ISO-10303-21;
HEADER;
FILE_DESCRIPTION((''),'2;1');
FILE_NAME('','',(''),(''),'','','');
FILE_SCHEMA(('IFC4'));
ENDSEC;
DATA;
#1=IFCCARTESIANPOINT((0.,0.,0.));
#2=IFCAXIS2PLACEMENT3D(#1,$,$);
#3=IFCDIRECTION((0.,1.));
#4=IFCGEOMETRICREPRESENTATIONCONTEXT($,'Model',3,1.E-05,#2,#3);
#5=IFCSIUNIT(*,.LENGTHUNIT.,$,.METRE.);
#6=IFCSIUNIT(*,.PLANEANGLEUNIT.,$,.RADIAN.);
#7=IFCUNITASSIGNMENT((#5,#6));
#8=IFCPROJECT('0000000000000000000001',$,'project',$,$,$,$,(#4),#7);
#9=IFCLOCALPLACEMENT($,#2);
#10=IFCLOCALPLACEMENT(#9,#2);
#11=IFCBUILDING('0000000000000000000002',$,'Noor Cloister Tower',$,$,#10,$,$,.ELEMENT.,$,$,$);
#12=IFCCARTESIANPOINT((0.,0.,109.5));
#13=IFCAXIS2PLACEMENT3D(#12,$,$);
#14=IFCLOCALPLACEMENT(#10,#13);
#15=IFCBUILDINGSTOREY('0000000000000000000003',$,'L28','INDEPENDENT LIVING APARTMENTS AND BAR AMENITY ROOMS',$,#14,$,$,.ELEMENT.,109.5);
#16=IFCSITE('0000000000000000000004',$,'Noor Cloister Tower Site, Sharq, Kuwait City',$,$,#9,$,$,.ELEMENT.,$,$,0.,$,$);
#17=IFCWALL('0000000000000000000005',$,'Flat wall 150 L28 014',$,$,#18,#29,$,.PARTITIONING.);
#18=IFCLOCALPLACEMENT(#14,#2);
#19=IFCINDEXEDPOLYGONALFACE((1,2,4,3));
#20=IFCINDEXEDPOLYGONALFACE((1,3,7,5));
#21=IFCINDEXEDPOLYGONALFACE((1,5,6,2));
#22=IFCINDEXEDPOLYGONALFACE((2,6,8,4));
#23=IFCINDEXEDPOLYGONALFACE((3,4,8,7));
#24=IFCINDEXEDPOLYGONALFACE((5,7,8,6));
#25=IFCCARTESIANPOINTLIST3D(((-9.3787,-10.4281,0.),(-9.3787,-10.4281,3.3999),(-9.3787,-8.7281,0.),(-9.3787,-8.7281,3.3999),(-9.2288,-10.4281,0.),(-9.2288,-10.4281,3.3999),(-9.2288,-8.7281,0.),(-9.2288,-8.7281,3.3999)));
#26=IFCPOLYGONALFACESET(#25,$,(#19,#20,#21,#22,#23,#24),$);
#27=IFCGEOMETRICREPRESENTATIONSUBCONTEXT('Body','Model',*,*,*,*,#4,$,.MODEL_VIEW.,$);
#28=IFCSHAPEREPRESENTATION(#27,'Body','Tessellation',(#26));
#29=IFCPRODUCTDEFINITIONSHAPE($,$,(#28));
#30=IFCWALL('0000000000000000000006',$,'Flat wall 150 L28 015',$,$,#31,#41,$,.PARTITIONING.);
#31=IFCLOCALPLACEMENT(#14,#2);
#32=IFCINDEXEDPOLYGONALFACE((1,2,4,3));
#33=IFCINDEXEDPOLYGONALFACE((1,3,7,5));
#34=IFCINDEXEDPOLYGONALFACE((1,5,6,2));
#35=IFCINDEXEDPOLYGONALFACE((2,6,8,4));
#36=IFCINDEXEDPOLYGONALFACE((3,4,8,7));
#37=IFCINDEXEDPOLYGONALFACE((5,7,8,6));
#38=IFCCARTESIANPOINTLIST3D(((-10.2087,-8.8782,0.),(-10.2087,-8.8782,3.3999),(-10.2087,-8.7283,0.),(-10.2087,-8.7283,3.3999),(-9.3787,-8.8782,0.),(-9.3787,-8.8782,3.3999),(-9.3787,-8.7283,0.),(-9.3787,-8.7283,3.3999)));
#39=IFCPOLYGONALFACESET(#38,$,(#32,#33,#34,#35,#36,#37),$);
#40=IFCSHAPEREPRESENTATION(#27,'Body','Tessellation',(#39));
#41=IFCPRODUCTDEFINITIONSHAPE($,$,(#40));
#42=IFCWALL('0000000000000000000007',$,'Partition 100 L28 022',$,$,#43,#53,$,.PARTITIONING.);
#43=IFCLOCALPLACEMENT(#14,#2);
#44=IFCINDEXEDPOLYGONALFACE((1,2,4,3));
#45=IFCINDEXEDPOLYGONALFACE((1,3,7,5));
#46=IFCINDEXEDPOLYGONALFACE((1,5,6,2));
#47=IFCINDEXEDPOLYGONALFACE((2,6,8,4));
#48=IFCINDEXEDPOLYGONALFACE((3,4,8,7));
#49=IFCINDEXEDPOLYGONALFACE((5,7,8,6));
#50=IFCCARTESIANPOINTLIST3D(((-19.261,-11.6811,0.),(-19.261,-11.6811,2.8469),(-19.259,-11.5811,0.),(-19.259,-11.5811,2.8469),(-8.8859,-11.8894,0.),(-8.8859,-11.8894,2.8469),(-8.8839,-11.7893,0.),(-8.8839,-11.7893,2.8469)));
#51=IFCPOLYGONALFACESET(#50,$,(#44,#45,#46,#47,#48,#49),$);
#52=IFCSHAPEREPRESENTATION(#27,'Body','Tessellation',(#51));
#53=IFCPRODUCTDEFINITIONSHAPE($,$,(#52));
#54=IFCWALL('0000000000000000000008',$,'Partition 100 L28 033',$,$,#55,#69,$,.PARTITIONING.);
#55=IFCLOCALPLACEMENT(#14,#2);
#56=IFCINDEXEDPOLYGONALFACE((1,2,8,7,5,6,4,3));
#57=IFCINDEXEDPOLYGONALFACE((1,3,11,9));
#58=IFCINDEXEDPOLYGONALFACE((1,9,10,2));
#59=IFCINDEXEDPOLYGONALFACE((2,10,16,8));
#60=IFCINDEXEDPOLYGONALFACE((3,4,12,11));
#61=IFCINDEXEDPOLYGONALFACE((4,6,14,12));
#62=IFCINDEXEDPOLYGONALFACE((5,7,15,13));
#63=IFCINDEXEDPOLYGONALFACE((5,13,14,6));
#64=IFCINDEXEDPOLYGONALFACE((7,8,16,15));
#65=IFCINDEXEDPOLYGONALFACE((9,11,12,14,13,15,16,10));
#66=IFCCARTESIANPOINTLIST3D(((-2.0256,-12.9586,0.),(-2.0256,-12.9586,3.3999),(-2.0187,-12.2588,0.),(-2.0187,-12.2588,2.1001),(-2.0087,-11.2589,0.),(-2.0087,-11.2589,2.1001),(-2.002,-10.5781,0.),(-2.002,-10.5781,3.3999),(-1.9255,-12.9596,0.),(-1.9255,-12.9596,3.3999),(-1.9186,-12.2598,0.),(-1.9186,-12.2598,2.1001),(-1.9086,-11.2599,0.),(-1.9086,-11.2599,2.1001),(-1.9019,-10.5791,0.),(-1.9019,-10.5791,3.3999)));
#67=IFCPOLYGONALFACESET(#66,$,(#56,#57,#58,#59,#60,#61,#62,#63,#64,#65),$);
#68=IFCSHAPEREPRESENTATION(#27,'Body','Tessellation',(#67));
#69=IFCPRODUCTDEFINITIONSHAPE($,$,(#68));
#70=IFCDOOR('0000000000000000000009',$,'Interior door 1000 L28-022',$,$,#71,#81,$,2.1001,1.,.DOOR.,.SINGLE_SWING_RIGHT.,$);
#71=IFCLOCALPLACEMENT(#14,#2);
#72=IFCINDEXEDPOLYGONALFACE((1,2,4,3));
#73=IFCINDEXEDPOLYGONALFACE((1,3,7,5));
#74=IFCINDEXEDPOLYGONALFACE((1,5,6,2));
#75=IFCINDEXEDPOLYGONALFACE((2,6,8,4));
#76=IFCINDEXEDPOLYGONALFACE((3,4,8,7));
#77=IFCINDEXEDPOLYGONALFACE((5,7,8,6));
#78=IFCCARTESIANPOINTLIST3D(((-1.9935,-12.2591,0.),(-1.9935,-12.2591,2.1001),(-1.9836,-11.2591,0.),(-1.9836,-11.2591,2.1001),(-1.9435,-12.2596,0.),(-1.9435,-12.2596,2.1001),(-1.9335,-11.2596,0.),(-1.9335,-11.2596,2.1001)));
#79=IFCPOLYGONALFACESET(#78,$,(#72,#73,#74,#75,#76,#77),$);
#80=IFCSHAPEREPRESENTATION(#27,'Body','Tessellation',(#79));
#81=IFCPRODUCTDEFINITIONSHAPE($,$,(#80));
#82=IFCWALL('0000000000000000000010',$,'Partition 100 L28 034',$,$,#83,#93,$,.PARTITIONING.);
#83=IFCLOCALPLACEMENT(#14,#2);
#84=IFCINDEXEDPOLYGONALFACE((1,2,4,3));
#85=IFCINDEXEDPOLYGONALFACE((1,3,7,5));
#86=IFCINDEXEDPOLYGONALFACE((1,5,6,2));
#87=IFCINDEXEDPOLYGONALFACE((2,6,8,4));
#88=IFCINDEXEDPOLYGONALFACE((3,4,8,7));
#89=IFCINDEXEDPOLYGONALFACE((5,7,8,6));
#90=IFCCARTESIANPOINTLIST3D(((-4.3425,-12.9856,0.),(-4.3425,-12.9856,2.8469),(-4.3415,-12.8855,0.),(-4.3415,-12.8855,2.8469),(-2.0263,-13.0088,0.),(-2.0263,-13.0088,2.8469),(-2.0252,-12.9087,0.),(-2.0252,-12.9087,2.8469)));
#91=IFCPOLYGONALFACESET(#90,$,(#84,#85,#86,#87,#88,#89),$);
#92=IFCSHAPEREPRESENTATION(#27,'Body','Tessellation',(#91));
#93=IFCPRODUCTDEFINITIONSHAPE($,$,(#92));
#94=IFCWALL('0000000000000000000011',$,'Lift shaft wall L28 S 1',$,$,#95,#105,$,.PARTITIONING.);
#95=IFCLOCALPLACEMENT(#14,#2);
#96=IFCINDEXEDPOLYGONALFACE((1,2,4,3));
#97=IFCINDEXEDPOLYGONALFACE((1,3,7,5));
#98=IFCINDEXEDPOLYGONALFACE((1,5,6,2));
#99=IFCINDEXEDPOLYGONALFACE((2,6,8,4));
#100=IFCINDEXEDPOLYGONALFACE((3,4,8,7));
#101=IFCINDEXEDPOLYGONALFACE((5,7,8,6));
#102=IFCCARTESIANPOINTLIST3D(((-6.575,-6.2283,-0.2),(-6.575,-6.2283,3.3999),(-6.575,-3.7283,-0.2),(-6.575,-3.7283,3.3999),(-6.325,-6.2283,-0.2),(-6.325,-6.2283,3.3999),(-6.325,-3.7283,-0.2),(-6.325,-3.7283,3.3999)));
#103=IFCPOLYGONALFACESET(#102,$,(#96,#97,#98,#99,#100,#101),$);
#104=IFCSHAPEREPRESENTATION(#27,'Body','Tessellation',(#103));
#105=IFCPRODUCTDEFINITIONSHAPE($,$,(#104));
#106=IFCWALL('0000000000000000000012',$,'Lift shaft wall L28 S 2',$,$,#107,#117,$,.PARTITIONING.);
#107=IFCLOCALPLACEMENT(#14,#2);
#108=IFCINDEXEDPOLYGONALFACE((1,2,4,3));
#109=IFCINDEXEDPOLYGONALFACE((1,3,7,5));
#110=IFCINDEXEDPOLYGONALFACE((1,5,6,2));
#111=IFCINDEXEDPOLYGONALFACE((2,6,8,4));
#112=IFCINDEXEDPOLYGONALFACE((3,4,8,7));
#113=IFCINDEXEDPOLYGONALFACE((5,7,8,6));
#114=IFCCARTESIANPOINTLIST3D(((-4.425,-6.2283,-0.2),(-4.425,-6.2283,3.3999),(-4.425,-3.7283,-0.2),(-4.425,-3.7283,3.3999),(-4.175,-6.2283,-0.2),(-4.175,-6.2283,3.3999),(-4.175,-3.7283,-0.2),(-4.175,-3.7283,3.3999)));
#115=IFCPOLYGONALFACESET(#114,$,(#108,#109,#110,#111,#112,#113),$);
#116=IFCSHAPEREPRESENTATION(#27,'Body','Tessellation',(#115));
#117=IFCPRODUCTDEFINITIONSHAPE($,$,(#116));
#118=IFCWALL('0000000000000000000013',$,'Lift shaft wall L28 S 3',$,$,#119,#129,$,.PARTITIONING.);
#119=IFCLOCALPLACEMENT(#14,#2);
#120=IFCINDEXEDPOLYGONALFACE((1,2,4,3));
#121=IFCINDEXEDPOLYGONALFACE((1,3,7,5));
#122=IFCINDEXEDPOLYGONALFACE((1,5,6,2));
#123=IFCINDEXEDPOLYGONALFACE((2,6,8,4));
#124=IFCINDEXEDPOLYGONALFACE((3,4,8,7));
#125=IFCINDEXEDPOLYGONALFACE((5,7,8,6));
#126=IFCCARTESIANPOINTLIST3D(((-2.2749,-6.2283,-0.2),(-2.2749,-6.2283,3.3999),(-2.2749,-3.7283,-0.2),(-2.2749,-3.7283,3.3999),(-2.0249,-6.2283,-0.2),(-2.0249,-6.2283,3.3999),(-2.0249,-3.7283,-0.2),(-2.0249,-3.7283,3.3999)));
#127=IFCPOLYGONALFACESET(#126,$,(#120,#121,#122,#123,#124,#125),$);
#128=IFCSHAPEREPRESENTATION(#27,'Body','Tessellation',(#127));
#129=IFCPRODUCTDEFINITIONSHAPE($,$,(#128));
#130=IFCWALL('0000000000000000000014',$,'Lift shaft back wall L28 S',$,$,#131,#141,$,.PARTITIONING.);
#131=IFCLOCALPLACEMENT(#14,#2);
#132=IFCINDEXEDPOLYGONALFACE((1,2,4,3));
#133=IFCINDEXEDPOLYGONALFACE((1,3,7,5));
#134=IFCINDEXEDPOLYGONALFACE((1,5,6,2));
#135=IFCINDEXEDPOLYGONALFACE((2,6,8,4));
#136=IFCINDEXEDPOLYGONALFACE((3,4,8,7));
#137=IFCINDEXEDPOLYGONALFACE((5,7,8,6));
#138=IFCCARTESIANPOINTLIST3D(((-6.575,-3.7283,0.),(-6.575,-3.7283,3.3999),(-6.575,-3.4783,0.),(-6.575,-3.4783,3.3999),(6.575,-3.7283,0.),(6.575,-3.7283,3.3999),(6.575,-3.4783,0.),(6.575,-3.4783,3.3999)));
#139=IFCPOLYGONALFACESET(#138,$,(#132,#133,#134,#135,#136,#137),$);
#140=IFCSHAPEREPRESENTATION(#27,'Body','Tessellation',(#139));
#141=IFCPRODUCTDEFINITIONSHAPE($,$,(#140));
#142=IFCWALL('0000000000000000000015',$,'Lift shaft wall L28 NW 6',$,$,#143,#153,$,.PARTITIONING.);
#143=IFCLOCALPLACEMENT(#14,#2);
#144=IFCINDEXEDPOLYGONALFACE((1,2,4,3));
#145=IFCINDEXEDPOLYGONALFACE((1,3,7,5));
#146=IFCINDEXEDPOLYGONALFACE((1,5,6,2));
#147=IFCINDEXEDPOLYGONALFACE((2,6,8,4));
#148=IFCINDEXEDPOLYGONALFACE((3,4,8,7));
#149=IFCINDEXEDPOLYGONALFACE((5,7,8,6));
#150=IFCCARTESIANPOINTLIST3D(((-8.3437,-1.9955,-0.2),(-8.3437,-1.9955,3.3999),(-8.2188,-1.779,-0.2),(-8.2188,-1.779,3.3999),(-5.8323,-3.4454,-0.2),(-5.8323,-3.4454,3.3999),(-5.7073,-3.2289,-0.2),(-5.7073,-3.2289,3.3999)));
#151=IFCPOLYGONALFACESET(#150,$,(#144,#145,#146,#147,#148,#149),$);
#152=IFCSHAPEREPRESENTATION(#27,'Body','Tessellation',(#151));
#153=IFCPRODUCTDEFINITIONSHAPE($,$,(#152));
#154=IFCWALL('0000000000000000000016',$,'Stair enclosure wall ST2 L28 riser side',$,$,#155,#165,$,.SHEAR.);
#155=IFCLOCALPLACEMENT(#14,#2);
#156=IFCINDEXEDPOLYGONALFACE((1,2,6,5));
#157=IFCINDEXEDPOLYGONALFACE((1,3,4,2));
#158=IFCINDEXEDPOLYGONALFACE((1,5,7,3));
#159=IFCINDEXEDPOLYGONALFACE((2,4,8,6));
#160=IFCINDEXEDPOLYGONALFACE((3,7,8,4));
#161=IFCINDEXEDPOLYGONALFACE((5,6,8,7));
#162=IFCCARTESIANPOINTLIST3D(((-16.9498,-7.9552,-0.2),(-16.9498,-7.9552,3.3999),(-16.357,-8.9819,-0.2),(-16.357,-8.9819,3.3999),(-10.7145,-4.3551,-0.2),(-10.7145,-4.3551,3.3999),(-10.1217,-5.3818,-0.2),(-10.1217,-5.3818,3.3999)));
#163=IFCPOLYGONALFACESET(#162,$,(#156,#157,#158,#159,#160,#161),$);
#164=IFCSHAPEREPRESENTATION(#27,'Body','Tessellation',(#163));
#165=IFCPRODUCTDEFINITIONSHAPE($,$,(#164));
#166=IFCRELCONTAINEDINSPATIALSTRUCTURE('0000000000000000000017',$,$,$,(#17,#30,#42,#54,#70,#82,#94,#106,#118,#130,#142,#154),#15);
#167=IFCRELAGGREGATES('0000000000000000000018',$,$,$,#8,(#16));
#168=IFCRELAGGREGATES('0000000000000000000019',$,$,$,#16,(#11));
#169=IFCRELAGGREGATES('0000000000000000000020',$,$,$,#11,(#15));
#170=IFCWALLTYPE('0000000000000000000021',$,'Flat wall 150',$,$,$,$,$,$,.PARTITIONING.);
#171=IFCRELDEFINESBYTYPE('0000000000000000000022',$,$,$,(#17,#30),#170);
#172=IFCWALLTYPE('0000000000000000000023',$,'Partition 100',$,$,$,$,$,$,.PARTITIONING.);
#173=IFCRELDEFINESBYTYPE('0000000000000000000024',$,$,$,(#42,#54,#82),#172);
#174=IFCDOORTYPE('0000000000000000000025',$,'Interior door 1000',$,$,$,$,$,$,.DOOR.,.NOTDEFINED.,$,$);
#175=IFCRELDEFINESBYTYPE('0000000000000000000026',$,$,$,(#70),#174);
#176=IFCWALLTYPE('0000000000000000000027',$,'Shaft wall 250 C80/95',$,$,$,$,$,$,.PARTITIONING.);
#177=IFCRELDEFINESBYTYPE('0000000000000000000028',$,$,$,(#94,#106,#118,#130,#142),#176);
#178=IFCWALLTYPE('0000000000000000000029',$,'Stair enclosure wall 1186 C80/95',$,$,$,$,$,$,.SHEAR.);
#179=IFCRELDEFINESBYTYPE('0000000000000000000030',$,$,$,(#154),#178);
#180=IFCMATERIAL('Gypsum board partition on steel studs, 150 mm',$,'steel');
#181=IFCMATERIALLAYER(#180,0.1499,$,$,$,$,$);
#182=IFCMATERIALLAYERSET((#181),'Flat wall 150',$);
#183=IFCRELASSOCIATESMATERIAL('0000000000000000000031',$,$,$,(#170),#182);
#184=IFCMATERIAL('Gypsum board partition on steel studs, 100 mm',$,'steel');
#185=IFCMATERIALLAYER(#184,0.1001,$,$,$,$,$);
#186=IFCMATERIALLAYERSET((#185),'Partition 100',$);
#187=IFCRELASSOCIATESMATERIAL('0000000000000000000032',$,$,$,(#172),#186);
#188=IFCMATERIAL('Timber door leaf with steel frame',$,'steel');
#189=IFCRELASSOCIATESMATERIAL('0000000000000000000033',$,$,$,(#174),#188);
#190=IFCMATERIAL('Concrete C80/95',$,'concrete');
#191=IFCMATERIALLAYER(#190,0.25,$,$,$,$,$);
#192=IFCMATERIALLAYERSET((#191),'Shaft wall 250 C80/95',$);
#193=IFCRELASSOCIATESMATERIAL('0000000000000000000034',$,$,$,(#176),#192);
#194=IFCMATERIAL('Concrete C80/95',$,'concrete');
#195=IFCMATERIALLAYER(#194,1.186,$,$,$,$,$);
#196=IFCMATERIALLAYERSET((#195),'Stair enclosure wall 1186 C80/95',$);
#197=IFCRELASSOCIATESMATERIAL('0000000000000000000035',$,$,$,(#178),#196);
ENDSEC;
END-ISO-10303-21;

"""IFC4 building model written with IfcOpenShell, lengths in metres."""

from ifc_helpers import new_model, si_unit, direction, frame, frame_2d, origin, place, context, subcontext, project, spatial, rectangle, extrude, material, layer, layer_set, type_object, element, fill, save


model = new_model("IFC4")

# Units and contexts
model_context = context("Model", 3, precision=1e-05, world=origin(), true_north=direction((0.0, 1.0)))
body_context = subcontext(model_context, "Body", "Model", "MODEL_VIEW")
ifc_project = project(units=[si_unit("LENGTHUNIT", "METRE"), si_unit("PLANEANGLEUNIT", "RADIAN")], contexts=[model_context])

# Site, building, storey
site_placement = place(None, origin())
site = spatial("IfcSite", under=ifc_project, at=site_placement, Name="Noor Cloister Tower Site, Sharq, Kuwait City", CompositionType="ELEMENT", RefElevation=0.0)
building_placement = place(site_placement, origin())
building = spatial("IfcBuilding", under=site, at=building_placement, Name="Noor Cloister Tower", CompositionType="ELEMENT")
storey_placement = place(building_placement, frame((0.0, 0.0, 109.5)))
storey = spatial("IfcBuildingStorey", under=building, at=storey_placement, Name="L28", Description="INDEPENDENT LIVING APARTMENTS AND BAR AMENITY ROOMS", CompositionType="ELEMENT", Elevation=109.5)

# Walls
ifc_material_1 = material(Name="Gypsum board partition on steel studs, 150 mm", Category="steel")
ifc_layer_1 = layer(ifc_material_1, 0.1499)
ifc_layer_set_1 = layer_set([ifc_layer_1], Name="Flat wall 150")
wall_type_1 = type_object("IfcWallType", Name="Flat wall 150", PredefinedType="PARTITIONING", material=ifc_layer_set_1)
wall_1_placement = place(storey_placement, frame((-9.3037, -10.4282, 0.0), z_axis=(0.0, 0.0, 1.0), x_axis=(0.0, 1.0, 0.0)))
element("IfcWall", 1, at=wall_1_placement, inside=storey, type_object=wall_type_1, Name="Flat wall 150 L28 014", PredefinedType="PARTITIONING", context=body_context, shape_type="SweptSolid", body=[
    extrude(rectangle(XDim=1.7, YDim=0.1499, at=frame_2d((0.8501, 0.0))), origin(), (0.0, 0.0, 1.0), 3.3999),
])
wall_2_placement = place(storey_placement, frame((-10.2087, -8.8032, 0.0), z_axis=(0.0, 0.0, 1.0), x_axis=(1.0, 0.0, 0.0)))
element("IfcWall", 2, at=wall_2_placement, inside=storey, type_object=wall_type_1, Name="Flat wall 150 L28 015", PredefinedType="PARTITIONING", context=body_context, shape_type="SweptSolid", body=[
    extrude(rectangle(XDim=0.8301, YDim=0.1499, at=frame_2d((0.415, 0.0))), origin(), (0.0, 0.0, 1.0), 3.3999),
])
ifc_material_2 = material(Name="Gypsum board partition on steel studs, 100 mm", Category="steel")
ifc_layer_2 = layer(ifc_material_2, 0.1001)
ifc_layer_set_2 = layer_set([ifc_layer_2], Name="Partition 100")
wall_type_2 = type_object("IfcWallType", Name="Partition 100", PredefinedType="PARTITIONING", material=ifc_layer_set_2)
wall_3_placement = place(storey_placement, frame((-8.885, -11.8394, 0.0), z_axis=(0.0, 0.0, 1.0), x_axis=(-0.999799, 0.020068, 0.0)))
element("IfcWall", 3, at=wall_3_placement, inside=storey, type_object=wall_type_2, Name="Partition 100 L28 022", PredefinedType="PARTITIONING", context=body_context, shape_type="SweptSolid", body=[
    extrude(rectangle(XDim=10.3772, YDim=0.1001, at=frame_2d((5.1885, 0.0))), origin(), (0.0, 0.0, 1.0), 2.8469),
])

# Wall, opening, door
wall_4_placement = place(storey_placement, frame((-1.9756, -12.9592, 0.0), z_axis=(0.0, 0.0, 1.0), x_axis=(0.009947, 0.999951, 0.0)))
wall_4 = element("IfcWall", 4, at=wall_4_placement, inside=storey, type_object=wall_type_2, Name="Partition 100 L28 033", PredefinedType="PARTITIONING", context=body_context, shape_type="SweptSolid", body=[
    extrude(rectangle(XDim=2.3806, YDim=0.1001, at=frame_2d((1.1904, 0.0))), origin(), (0.0, 0.0, 1.0), 3.3999),
])
opening_1_placement = place(wall_4_placement, frame((0.7, 0.0, 0.0)))
opening_1 = element("IfcOpeningElement", 5, at=opening_1_placement, cuts=wall_4, PredefinedType="OPENING", context=body_context, shape_type="SweptSolid", body=[
    extrude(rectangle(XDim=1.0, YDim=2.1001, at=frame_2d((0.5, 1.05))), frame((0.0, 0.0601, 0.0), z_axis=(0.0, -1.0, 0.0), x_axis=(1.0, 0.0, 0.0)), (0.0, 0.0, 1.0), 0.1201),
])
ifc_material_3 = material(Name="Timber door leaf with steel frame", Category="steel")
door_type_1 = type_object("IfcDoorType", Name="Interior door 1000", OperationType="NOTDEFINED", PredefinedType="DOOR", material=ifc_material_3)
door_1_placement = place(opening_1_placement, origin())
door_1 = element("IfcDoor", 6, at=door_1_placement, inside=storey, type_object=door_type_1, Name="Interior door 1000 L28-022", OperationType="SINGLE_SWING_RIGHT", OverallHeight=2.1001, OverallWidth=1.0, PredefinedType="DOOR", context=body_context, shape_type="SweptSolid", body=[
    extrude(rectangle(XDim=1.0, YDim=2.1001, at=frame_2d((0.5, 1.05))), frame((0.0, 0.0249, 0.0), z_axis=(0.0, -1.0, 0.0), x_axis=(1.0, 0.0, 0.0)), (0.0, 0.0, 1.0), 0.05),
])
fill(opening_1, door_1)

# Walls
wall_5_placement = place(storey_placement, frame((-4.342, -12.9355, 0.0), z_axis=(0.0, 0.0, 1.0), x_axis=(0.99995, -0.010012, 0.0)))
element("IfcWall", 7, at=wall_5_placement, inside=storey, type_object=wall_type_2, Name="Partition 100 L28 034", PredefinedType="PARTITIONING", context=body_context, shape_type="SweptSolid", body=[
    extrude(rectangle(XDim=2.3164, YDim=0.1001, at=frame_2d((1.1582, 0.0))), origin(), (0.0, 0.0, 1.0), 2.8469),
])
ifc_material_4 = material(Name="Concrete C80/95", Category="concrete")
ifc_layer_3 = layer(ifc_material_4, 0.25)
ifc_layer_set_3 = layer_set([ifc_layer_3], Name="Shaft wall 250 C80/95")
wall_type_3 = type_object("IfcWallType", Name="Shaft wall 250 C80/95", PredefinedType="PARTITIONING", material=ifc_layer_set_3)
for number, where, z_axis, x_axis, name in (
    (8, (-6.45, -6.2283, -0.2), (0.0, 0.0, 1.0), (0.0, 1.0, 0.0), "Lift shaft wall L28 S 1"),
    (9, (-4.3, -6.2283, -0.2), (0.0, 0.0, 1.0), (0.0, 1.0, 0.0), "Lift shaft wall L28 S 2"),
    (10, (-2.1499, -6.2283, -0.2), (0.0, 0.0, 1.0), (0.0, 1.0, 0.0), "Lift shaft wall L28 S 3"),
):
    element("IfcWall", number, at=place(storey_placement, frame(where, z_axis=z_axis, x_axis=x_axis)), inside=storey, type_object=wall_type_3, Name=name, PredefinedType="PARTITIONING", context=body_context, shape_type="SweptSolid", body=[
        extrude(rectangle(XDim=2.5, YDim=0.25, at=frame_2d((1.25, 0.0))), origin(), (0.0, 0.0, 1.0), 3.5999),
    ])
wall_6_placement = place(storey_placement, frame((-6.575, -3.6033, 0.0), z_axis=(0.0, 0.0, 1.0), x_axis=(1.0, 0.0, 0.0)))
element("IfcWall", 11, at=wall_6_placement, inside=storey, type_object=wall_type_3, Name="Lift shaft back wall L28 S", PredefinedType="PARTITIONING", context=body_context, shape_type="SweptSolid", body=[
    extrude(rectangle(XDim=13.1499, YDim=0.25, at=frame_2d((6.575, 0.0))), origin(), (0.0, 0.0, 1.0), 3.3999),
])
wall_7_placement = place(storey_placement, frame((-8.2812, -1.8872, -0.2), z_axis=(0.0, 0.0, 1.0), x_axis=(0.866033, -0.499987, 0.0)))
element("IfcWall", 12, at=wall_7_placement, inside=storey, type_object=wall_type_3, Name="Lift shaft wall L28 NW 6", PredefinedType="PARTITIONING", context=body_context, shape_type="SweptSolid", body=[
    extrude(rectangle(XDim=2.8999, YDim=0.25, at=frame_2d((1.45, 0.0))), origin(), (0.0, 0.0, 1.0), 3.5999),
])
ifc_material_5 = material(Name="Concrete C80/95", Category="concrete")
ifc_layer_4 = layer(ifc_material_5, 1.186)
ifc_layer_set_4 = layer_set([ifc_layer_4], Name="Stair enclosure wall 1186 C80/95")
wall_type_4 = type_object("IfcWallType", Name="Stair enclosure wall 1186 C80/95", PredefinedType="SHEAR", material=ifc_layer_set_4)
wall_8_placement = place(storey_placement, frame((-10.418, -4.8684, -0.2), z_axis=(0.0, 0.0, 1.0), x_axis=(-0.866018, -0.500012, 0.0)))
element("IfcWall", 13, at=wall_8_placement, inside=storey, type_object=wall_type_4, Name="Stair enclosure wall ST2 L28 riser side", PredefinedType="SHEAR", context=body_context, shape_type="SweptSolid", body=[
    extrude(rectangle(XDim=7.2, YDim=1.1855, at=frame_2d((3.6001, 0.0))), origin(), (0.0, 0.0, 1.0), 3.5999),
])

save(model, "model.ifc")
